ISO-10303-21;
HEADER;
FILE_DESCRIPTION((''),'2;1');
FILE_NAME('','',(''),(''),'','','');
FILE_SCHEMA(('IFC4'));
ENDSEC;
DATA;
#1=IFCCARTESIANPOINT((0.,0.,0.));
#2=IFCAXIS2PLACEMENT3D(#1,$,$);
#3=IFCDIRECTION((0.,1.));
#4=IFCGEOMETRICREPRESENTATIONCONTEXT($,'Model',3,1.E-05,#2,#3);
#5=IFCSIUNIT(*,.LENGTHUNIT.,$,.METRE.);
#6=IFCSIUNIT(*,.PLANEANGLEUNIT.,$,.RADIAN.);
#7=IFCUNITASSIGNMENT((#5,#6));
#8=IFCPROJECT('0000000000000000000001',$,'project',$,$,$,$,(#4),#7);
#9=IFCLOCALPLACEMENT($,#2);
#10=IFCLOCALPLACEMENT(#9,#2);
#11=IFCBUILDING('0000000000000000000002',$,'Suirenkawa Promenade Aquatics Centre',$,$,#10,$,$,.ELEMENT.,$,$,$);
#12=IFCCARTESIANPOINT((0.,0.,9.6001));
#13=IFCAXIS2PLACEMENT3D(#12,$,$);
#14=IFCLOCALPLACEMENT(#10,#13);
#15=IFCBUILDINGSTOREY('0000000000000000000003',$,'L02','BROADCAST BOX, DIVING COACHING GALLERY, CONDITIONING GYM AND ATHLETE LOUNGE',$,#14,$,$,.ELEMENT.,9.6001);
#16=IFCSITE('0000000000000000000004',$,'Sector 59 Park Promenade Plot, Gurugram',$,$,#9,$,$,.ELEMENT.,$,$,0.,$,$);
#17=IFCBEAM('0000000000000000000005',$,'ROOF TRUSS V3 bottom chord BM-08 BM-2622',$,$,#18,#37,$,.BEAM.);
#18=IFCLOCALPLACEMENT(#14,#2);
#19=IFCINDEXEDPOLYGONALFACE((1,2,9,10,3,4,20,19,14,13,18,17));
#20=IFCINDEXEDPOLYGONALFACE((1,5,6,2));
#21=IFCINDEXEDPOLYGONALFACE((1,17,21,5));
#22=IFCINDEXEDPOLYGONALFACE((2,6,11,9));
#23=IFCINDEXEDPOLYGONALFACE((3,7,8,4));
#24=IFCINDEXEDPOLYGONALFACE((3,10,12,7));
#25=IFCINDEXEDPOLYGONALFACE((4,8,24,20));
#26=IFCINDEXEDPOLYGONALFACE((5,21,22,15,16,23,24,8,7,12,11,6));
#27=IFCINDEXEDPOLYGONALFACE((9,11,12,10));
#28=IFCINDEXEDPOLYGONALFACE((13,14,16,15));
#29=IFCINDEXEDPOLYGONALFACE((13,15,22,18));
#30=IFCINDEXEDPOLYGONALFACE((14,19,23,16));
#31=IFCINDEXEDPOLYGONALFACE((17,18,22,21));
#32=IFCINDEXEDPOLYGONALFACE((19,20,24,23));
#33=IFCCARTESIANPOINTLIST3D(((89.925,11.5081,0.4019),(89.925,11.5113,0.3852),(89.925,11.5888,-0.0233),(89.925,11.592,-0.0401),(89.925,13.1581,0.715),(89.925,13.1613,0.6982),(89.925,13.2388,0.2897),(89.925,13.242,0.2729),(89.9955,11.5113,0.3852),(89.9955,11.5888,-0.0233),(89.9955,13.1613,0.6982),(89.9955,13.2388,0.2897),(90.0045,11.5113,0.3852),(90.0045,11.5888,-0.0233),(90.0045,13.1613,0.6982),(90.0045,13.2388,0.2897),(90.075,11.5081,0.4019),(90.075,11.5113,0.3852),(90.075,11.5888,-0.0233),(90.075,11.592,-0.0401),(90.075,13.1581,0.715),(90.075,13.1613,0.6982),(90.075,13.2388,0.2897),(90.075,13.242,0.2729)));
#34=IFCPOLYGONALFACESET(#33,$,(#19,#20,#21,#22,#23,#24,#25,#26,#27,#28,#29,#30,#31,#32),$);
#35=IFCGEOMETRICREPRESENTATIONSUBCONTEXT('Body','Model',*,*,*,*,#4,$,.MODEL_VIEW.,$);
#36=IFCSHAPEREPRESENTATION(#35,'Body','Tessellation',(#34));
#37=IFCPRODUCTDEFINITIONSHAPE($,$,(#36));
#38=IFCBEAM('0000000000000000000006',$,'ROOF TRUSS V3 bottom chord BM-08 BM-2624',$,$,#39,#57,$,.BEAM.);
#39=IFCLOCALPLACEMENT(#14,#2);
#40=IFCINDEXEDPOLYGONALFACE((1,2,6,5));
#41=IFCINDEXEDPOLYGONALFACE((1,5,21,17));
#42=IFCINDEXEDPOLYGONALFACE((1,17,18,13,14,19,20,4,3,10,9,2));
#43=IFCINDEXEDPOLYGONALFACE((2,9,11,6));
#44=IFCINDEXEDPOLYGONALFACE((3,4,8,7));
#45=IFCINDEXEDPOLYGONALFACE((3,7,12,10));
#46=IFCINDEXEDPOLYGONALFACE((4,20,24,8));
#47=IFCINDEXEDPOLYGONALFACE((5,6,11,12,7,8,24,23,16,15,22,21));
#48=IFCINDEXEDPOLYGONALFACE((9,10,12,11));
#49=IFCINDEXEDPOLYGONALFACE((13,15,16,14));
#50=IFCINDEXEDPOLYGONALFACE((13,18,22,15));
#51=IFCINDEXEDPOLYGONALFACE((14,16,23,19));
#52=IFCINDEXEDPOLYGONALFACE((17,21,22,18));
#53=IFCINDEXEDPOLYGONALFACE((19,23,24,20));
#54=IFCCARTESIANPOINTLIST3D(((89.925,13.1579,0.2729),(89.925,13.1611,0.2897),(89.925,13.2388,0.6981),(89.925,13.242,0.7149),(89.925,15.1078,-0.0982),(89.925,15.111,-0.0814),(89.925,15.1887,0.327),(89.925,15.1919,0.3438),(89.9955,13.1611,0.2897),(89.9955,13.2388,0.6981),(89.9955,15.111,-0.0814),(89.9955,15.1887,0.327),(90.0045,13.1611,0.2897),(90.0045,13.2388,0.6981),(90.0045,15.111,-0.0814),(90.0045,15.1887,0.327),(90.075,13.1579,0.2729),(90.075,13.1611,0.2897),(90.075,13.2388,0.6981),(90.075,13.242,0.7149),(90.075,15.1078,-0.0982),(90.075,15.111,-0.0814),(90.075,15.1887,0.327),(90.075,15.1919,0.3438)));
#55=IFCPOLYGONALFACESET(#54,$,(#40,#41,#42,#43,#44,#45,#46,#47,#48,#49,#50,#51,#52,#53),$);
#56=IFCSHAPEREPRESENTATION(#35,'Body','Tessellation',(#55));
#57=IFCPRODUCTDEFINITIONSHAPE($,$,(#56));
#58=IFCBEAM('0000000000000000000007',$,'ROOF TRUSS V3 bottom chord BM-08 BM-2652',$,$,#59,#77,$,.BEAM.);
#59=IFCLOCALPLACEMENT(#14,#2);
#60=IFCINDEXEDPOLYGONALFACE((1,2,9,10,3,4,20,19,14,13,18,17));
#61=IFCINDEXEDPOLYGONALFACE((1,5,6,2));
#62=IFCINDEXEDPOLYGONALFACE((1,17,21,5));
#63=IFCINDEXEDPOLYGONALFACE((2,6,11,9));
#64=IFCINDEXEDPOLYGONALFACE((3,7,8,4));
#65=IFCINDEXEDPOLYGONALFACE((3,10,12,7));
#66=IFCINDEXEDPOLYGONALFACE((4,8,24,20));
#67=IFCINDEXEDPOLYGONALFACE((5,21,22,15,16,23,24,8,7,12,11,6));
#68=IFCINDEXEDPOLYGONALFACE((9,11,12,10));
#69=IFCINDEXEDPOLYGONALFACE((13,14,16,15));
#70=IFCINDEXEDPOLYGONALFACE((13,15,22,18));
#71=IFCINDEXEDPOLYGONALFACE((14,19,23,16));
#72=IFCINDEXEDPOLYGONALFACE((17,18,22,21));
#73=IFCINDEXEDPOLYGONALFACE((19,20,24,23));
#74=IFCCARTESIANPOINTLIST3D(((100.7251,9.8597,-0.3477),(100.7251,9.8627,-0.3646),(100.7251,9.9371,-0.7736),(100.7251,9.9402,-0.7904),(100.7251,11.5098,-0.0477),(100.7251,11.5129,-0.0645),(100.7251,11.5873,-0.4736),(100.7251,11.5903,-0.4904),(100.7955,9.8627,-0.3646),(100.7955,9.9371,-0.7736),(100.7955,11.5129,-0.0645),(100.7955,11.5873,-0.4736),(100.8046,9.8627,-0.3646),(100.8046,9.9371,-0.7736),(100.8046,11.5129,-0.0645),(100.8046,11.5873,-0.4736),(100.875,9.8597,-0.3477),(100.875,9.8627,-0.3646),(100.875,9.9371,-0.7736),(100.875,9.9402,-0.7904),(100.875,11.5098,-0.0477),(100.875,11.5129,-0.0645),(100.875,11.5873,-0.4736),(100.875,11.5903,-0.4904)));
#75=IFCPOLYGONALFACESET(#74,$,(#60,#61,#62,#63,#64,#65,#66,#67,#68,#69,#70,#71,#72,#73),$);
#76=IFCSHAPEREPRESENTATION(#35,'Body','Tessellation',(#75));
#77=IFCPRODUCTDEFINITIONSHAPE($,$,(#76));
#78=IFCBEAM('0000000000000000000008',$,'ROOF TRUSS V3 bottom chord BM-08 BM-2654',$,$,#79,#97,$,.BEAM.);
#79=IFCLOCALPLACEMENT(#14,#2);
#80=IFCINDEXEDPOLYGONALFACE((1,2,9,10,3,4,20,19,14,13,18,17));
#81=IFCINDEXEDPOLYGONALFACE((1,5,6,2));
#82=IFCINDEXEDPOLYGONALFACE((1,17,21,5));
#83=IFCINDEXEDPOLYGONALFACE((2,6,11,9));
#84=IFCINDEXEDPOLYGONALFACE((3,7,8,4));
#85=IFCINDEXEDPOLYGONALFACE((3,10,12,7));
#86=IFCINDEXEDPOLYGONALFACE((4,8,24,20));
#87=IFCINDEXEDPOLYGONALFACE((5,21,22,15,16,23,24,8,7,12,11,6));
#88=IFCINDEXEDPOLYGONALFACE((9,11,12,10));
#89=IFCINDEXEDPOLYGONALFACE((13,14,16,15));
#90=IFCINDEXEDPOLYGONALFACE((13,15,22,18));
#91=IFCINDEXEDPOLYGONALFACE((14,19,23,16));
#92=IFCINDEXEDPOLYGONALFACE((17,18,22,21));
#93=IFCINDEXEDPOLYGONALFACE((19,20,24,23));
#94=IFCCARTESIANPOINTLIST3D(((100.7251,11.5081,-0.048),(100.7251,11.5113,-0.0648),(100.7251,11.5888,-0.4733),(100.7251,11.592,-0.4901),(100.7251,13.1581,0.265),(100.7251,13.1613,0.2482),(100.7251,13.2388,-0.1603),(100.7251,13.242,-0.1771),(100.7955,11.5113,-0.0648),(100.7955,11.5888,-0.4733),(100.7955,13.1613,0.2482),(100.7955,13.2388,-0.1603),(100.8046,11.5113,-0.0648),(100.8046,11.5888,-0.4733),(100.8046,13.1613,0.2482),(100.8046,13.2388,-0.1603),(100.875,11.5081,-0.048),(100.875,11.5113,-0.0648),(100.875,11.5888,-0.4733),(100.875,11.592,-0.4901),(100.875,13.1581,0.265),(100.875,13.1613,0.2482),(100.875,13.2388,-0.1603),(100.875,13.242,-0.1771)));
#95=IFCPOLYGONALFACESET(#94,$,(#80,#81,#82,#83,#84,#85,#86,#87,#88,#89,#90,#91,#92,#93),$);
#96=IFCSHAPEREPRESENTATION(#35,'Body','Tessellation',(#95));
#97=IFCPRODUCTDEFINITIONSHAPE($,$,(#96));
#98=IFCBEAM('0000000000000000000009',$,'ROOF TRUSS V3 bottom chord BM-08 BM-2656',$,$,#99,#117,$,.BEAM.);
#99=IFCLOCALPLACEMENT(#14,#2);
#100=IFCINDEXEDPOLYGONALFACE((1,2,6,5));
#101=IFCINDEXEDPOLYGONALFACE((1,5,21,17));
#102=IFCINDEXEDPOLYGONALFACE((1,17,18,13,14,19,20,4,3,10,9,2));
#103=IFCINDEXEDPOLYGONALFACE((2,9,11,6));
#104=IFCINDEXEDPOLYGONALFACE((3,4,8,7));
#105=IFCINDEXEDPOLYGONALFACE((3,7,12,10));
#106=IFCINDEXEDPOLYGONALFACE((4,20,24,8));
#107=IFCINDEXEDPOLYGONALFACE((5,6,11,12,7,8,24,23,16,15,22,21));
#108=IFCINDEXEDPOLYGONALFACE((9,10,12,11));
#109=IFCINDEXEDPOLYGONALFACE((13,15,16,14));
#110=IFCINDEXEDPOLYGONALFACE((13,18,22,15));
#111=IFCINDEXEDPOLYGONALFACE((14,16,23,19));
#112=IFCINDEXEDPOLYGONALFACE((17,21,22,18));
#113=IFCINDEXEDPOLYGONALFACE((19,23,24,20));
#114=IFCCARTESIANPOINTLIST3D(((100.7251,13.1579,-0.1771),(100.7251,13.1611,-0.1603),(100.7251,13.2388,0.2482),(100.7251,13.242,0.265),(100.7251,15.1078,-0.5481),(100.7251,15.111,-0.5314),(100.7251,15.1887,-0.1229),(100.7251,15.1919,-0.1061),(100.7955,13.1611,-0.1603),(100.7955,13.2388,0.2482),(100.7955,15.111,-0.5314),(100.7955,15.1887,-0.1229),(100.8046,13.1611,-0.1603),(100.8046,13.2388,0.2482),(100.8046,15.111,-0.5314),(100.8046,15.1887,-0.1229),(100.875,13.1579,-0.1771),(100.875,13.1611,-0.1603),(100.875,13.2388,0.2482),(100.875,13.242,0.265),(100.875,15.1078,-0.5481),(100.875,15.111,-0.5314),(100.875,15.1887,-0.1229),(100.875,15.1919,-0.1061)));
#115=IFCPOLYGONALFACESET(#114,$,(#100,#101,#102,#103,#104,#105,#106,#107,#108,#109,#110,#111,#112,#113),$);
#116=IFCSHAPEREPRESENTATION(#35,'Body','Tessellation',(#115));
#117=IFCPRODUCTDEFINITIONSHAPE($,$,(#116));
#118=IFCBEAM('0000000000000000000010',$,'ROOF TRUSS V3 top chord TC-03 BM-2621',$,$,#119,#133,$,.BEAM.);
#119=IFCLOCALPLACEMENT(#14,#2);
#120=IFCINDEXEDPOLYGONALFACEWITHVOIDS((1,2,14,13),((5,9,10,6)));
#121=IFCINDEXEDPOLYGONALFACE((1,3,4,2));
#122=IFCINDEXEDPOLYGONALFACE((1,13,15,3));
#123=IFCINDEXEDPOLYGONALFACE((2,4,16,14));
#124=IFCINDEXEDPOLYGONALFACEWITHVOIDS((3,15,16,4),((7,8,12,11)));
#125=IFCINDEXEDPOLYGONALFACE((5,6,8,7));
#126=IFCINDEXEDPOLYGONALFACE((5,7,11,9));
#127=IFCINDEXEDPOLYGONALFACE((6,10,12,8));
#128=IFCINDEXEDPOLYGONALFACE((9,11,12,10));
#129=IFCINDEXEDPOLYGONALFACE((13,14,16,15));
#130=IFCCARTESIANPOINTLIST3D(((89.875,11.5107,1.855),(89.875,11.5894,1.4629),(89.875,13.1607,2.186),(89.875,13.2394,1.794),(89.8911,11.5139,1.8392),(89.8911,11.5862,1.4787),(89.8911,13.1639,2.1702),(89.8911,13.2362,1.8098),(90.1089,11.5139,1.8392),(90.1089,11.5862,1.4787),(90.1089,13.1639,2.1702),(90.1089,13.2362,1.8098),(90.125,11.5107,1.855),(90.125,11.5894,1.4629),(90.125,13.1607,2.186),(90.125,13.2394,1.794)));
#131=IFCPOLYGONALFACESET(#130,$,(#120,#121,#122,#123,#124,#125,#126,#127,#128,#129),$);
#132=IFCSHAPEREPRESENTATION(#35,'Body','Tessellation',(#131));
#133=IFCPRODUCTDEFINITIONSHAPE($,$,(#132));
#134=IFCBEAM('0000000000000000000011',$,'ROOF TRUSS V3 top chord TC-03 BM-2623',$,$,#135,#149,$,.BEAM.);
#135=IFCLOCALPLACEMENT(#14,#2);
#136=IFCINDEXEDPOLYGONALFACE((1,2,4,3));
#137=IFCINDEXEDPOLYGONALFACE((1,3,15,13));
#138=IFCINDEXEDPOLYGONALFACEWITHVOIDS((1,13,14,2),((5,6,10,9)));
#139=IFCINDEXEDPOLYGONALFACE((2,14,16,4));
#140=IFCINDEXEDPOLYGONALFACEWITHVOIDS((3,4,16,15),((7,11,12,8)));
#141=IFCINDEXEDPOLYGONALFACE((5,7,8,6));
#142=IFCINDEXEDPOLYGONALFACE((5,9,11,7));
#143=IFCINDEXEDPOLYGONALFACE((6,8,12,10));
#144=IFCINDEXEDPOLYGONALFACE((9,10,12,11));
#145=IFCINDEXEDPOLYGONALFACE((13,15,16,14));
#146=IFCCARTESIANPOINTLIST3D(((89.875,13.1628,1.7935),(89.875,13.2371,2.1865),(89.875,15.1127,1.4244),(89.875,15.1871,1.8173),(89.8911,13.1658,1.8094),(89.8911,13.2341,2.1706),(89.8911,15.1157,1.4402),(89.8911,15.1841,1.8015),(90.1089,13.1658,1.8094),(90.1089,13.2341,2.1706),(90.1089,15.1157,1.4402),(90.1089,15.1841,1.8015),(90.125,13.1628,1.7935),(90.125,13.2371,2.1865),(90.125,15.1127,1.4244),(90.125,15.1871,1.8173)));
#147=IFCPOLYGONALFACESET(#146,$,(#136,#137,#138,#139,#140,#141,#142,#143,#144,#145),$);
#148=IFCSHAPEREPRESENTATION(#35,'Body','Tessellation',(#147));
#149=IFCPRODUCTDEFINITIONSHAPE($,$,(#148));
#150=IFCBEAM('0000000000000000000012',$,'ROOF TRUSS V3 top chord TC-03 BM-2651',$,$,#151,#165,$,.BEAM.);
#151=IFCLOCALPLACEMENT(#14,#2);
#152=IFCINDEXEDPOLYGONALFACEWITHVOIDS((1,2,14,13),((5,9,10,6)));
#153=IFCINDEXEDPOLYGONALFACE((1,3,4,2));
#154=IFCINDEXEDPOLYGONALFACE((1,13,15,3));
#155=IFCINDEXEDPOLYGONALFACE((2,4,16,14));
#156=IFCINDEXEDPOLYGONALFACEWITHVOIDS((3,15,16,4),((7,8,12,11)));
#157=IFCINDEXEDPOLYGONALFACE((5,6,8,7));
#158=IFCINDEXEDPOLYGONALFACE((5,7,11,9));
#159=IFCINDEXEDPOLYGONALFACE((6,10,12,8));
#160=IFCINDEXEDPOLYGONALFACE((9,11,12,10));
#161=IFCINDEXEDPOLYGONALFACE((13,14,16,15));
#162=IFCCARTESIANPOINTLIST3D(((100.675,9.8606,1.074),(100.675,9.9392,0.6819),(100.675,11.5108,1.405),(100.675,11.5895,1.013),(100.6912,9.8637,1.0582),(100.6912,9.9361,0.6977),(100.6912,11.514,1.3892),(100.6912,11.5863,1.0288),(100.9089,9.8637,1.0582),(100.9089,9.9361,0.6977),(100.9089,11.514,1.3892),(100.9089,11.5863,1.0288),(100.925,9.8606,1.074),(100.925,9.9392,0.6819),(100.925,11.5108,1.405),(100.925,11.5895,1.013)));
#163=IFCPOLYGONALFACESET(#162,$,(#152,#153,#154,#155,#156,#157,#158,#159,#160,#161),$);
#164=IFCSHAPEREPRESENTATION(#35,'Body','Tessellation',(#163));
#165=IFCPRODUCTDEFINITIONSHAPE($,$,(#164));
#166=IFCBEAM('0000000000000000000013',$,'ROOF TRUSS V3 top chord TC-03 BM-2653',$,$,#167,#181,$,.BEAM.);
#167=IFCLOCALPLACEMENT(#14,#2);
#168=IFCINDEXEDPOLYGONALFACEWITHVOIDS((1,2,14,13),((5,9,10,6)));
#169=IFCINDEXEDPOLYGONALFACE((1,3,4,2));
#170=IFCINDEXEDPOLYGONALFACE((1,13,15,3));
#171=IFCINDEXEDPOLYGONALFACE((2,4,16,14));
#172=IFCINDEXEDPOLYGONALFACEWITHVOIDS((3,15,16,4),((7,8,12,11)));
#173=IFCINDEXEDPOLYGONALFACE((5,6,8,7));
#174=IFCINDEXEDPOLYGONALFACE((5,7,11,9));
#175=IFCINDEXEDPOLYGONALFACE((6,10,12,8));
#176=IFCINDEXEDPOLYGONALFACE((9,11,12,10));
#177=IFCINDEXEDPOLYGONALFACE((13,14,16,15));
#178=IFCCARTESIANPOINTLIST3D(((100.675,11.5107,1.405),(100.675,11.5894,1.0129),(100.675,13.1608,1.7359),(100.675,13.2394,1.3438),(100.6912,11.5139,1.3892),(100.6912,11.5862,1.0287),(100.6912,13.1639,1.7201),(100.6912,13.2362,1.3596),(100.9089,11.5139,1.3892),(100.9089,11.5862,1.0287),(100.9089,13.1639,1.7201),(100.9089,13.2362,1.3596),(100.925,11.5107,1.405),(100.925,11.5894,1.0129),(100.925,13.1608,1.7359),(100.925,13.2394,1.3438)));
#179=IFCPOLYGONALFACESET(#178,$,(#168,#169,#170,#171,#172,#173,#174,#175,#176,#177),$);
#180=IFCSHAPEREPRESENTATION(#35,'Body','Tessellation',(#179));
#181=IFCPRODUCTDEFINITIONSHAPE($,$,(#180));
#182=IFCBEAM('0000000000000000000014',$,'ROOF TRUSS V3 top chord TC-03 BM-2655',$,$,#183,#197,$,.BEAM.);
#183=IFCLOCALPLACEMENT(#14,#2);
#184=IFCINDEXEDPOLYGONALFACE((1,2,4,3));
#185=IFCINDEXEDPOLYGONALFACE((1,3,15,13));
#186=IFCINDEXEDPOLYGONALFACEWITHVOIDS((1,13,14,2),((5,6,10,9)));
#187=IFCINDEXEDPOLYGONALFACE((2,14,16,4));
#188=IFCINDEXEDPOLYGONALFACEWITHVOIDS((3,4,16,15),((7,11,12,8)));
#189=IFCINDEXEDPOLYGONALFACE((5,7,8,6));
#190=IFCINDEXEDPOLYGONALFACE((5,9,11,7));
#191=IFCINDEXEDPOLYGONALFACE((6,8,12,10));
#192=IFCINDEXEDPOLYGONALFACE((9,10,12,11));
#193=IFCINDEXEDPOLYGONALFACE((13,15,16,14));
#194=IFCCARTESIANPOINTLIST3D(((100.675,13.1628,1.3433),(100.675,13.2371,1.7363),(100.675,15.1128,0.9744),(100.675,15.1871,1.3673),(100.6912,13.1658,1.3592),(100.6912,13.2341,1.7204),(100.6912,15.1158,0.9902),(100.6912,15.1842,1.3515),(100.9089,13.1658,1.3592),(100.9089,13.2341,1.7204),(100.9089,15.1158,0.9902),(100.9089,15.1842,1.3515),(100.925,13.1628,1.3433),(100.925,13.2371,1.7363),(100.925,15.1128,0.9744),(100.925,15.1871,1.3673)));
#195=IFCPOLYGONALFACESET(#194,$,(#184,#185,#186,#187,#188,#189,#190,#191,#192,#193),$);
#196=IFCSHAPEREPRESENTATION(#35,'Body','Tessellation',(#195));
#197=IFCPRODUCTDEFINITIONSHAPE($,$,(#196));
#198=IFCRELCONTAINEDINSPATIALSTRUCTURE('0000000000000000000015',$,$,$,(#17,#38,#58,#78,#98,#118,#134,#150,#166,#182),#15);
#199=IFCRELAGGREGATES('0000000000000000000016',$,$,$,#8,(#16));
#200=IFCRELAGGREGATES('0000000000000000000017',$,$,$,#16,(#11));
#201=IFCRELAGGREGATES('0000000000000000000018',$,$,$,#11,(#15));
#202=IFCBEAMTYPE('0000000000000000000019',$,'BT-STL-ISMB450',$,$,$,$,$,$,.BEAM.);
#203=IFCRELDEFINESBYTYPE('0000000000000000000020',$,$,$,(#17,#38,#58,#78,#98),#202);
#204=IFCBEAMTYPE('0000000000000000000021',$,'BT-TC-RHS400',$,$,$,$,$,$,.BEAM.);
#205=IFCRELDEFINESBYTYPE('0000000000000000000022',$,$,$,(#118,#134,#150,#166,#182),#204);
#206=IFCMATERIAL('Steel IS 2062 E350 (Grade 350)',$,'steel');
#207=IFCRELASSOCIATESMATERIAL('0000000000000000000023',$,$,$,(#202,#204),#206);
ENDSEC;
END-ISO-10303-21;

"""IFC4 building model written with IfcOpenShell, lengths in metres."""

from ifc_helpers import new_model, si_unit, direction, frame, origin, origin_2d, place, context, subcontext, project, spatial, hollow_rectangle, i_section, extrude, material, material_profile, profile_set, type_object, element, save


model = new_model("IFC4")

# Units and contexts
model_context = context("Model", 3, precision=1e-05, world=origin(), true_north=direction((0.0, 1.0)))
body_context = subcontext(model_context, "Body", "Model", "MODEL_VIEW")
ifc_project = project(units=[si_unit("LENGTHUNIT", "METRE"), si_unit("PLANEANGLEUNIT", "RADIAN")], contexts=[model_context])

# Site, building, storey
site_placement = place(None, origin())
site = spatial("IfcSite", under=ifc_project, at=site_placement, Name="Sector 59 Park Promenade Plot, Gurugram", CompositionType="ELEMENT", RefElevation=0.0)
building_placement = place(site_placement, origin())
building = spatial("IfcBuilding", under=site, at=building_placement, Name="Suirenkawa Promenade Aquatics Centre", CompositionType="ELEMENT")
storey_placement = place(building_placement, frame((0.0, 0.0, 9.6001)))
storey = spatial("IfcBuildingStorey", under=building, at=storey_placement, Name="L02", Description="BROADCAST BOX, DIVING COACHING GALLERY, CONDITIONING GYM AND ATHLETE LOUNGE", CompositionType="ELEMENT", Elevation=9.6001)

# Beams
ifc_material_1 = material(Name="Steel IS 2062 E350 (Grade 350)", Category="steel")
ifc_material_profile_1 = material_profile(ifc_material_1, i_section(OverallWidth=0.1499, OverallDepth=0.45, WebThickness=0.009, FlangeThickness=0.0171, at=origin_2d()), Name="ISMB 450", Category="steel")
ifc_profile_set_1 = profile_set([ifc_material_profile_1], Name="Steel IS 2062 E350 (Grade 350)")
beam_type_1 = type_object("IfcBeamType", Name="BT-STL-ISMB450", PredefinedType="BEAM", material=ifc_profile_set_1)
beam_1_placement = place(storey_placement, frame((90.0, 11.55, 0.1809), z_axis=(0.0, 0.982478, 0.186377), x_axis=(-1.0, 0.0, 0.0)))
element("IfcBeam", 1, at=beam_1_placement, inside=storey, type_object=beam_type_1, Name="ROOF TRUSS V3 bottom chord BM-08 BM-2622", PredefinedType="BEAM", context=body_context, shape_type="SweptSolid", body=[
    extrude(i_section(OverallWidth=0.1499, OverallDepth=0.45, WebThickness=0.009, FlangeThickness=0.0171, at=origin_2d()), origin(), (0.0, 0.0, 1.0), 1.6794),
])
beam_2_placement = place(storey_placement, frame((90.0, 13.2, 0.4939), z_axis=(0.0, 0.982369, -0.186954), x_axis=(-1.0, 0.0, 0.0)))
element("IfcBeam", 2, at=beam_2_placement, inside=storey, type_object=beam_type_1, Name="ROOF TRUSS V3 bottom chord BM-08 BM-2624", PredefinedType="BEAM", context=body_context, shape_type="SweptSolid", body=[
    extrude(i_section(OverallWidth=0.1499, OverallDepth=0.45, WebThickness=0.009, FlangeThickness=0.0171, at=origin_2d()), origin(), (0.0, 0.0, 1.0), 1.9849),
])
beam_3_placement = place(storey_placement, frame((100.8, 9.8999, -0.5691), z_axis=(0.0, 0.983868, 0.178898), x_axis=(-1.0, 0.0, 0.0)))
element("IfcBeam", 3, at=beam_3_placement, inside=storey, type_object=beam_type_1, Name="ROOF TRUSS V3 bottom chord BM-08 BM-2652", PredefinedType="BEAM", context=body_context, shape_type="SweptSolid", body=[
    extrude(i_section(OverallWidth=0.1499, OverallDepth=0.45, WebThickness=0.009, FlangeThickness=0.0171, at=origin_2d()), origin(), (0.0, 0.0, 1.0), 1.6772),
])
beam_4_placement = place(storey_placement, frame((100.8, 11.55, -0.269), z_axis=(0.0, 0.982478, 0.186377), x_axis=(-1.0, 0.0, 0.0)))
element("IfcBeam", 4, at=beam_4_placement, inside=storey, type_object=beam_type_1, Name="ROOF TRUSS V3 bottom chord BM-08 BM-2654", PredefinedType="BEAM", context=body_context, shape_type="SweptSolid", body=[
    extrude(i_section(OverallWidth=0.1499, OverallDepth=0.45, WebThickness=0.009, FlangeThickness=0.0171, at=origin_2d()), origin(), (0.0, 0.0, 1.0), 1.6794),
])
beam_5_placement = place(storey_placement, frame((100.8, 13.2, 0.0439), z_axis=(0.0, 0.982369, -0.186954), x_axis=(-1.0, 0.0, 0.0)))
element("IfcBeam", 5, at=beam_5_placement, inside=storey, type_object=beam_type_1, Name="ROOF TRUSS V3 bottom chord BM-08 BM-2656", PredefinedType="BEAM", context=body_context, shape_type="SweptSolid", body=[
    extrude(i_section(OverallWidth=0.1499, OverallDepth=0.45, WebThickness=0.009, FlangeThickness=0.0171, at=origin_2d()), origin(), (0.0, 0.0, 1.0), 1.9849),
])
ifc_material_profile_2 = material_profile(ifc_material_1, hollow_rectangle(XDim=0.25, YDim=0.3999, WallThickness=0.0161, at=origin_2d()), Name="RHS 400x250x16", Category="steel")
ifc_profile_set_2 = profile_set([ifc_material_profile_2], Name="Steel IS 2062 E350 (Grade 350)")
beam_type_2 = type_object("IfcBeamType", Name="BT-TC-RHS400", PredefinedType="BEAM", material=ifc_profile_set_2)
beam_6_placement = place(storey_placement, frame((90.0, 11.55, 1.6589), z_axis=(0.0, 0.980458, 0.19673), x_axis=(-1.0, 0.0, 0.0)))
element("IfcBeam", 6, at=beam_6_placement, inside=storey, type_object=beam_type_2, Name="ROOF TRUSS V3 top chord TC-03 BM-2621", PredefinedType="BEAM", context=body_context, shape_type="SweptSolid", body=[
    extrude(hollow_rectangle(XDim=0.25, YDim=0.3999, WallThickness=0.0161, at=origin_2d()), origin(), (0.0, 0.0, 1.0), 1.6829),
])
beam_7_placement = place(storey_placement, frame((90.0, 13.2, 1.99), z_axis=(0.0, 0.982549, -0.186004), x_axis=(-1.0, 0.0, 0.0)))
element("IfcBeam", 7, at=beam_7_placement, inside=storey, type_object=beam_type_2, Name="ROOF TRUSS V3 top chord TC-03 BM-2623", PredefinedType="BEAM", context=body_context, shape_type="SweptSolid", body=[
    extrude(hollow_rectangle(XDim=0.25, YDim=0.3999, WallThickness=0.0161, at=origin_2d()), origin(), (0.0, 0.0, 1.0), 1.9846),
])
beam_8_placement = place(storey_placement, frame((100.8, 9.8999, 0.8779), z_axis=(0.0, 0.980463, 0.196702), x_axis=(-1.0, 0.0, 0.0)))
element("IfcBeam", 8, at=beam_8_placement, inside=storey, type_object=beam_type_2, Name="ROOF TRUSS V3 top chord TC-03 BM-2651", PredefinedType="BEAM", context=body_context, shape_type="SweptSolid", body=[
    extrude(hollow_rectangle(XDim=0.25, YDim=0.3999, WallThickness=0.0161, at=origin_2d()), origin(), (0.0, 0.0, 1.0), 1.6831),
])
beam_9_placement = place(storey_placement, frame((100.8, 11.55, 1.209), z_axis=(0.0, 0.980486, 0.19659), x_axis=(-1.0, 0.0, 0.0)))
element("IfcBeam", 9, at=beam_9_placement, inside=storey, type_object=beam_type_2, Name="ROOF TRUSS V3 top chord TC-03 BM-2653", PredefinedType="BEAM", context=body_context, shape_type="SweptSolid", body=[
    extrude(hollow_rectangle(XDim=0.25, YDim=0.3999, WallThickness=0.0161, at=origin_2d()), origin(), (0.0, 0.0, 1.0), 1.6829),
])
beam_10_placement = place(storey_placement, frame((100.8, 13.2, 1.5398), z_axis=(0.0, 0.982571, -0.185885), x_axis=(-1.0, 0.0, 0.0)))
element("IfcBeam", 10, at=beam_10_placement, inside=storey, type_object=beam_type_2, Name="ROOF TRUSS V3 top chord TC-03 BM-2655", PredefinedType="BEAM", context=body_context, shape_type="SweptSolid", body=[
    extrude(hollow_rectangle(XDim=0.25, YDim=0.3999, WallThickness=0.0161, at=origin_2d()), origin(), (0.0, 0.0, 1.0), 1.9846),
])

save(model, "model.ifc")
